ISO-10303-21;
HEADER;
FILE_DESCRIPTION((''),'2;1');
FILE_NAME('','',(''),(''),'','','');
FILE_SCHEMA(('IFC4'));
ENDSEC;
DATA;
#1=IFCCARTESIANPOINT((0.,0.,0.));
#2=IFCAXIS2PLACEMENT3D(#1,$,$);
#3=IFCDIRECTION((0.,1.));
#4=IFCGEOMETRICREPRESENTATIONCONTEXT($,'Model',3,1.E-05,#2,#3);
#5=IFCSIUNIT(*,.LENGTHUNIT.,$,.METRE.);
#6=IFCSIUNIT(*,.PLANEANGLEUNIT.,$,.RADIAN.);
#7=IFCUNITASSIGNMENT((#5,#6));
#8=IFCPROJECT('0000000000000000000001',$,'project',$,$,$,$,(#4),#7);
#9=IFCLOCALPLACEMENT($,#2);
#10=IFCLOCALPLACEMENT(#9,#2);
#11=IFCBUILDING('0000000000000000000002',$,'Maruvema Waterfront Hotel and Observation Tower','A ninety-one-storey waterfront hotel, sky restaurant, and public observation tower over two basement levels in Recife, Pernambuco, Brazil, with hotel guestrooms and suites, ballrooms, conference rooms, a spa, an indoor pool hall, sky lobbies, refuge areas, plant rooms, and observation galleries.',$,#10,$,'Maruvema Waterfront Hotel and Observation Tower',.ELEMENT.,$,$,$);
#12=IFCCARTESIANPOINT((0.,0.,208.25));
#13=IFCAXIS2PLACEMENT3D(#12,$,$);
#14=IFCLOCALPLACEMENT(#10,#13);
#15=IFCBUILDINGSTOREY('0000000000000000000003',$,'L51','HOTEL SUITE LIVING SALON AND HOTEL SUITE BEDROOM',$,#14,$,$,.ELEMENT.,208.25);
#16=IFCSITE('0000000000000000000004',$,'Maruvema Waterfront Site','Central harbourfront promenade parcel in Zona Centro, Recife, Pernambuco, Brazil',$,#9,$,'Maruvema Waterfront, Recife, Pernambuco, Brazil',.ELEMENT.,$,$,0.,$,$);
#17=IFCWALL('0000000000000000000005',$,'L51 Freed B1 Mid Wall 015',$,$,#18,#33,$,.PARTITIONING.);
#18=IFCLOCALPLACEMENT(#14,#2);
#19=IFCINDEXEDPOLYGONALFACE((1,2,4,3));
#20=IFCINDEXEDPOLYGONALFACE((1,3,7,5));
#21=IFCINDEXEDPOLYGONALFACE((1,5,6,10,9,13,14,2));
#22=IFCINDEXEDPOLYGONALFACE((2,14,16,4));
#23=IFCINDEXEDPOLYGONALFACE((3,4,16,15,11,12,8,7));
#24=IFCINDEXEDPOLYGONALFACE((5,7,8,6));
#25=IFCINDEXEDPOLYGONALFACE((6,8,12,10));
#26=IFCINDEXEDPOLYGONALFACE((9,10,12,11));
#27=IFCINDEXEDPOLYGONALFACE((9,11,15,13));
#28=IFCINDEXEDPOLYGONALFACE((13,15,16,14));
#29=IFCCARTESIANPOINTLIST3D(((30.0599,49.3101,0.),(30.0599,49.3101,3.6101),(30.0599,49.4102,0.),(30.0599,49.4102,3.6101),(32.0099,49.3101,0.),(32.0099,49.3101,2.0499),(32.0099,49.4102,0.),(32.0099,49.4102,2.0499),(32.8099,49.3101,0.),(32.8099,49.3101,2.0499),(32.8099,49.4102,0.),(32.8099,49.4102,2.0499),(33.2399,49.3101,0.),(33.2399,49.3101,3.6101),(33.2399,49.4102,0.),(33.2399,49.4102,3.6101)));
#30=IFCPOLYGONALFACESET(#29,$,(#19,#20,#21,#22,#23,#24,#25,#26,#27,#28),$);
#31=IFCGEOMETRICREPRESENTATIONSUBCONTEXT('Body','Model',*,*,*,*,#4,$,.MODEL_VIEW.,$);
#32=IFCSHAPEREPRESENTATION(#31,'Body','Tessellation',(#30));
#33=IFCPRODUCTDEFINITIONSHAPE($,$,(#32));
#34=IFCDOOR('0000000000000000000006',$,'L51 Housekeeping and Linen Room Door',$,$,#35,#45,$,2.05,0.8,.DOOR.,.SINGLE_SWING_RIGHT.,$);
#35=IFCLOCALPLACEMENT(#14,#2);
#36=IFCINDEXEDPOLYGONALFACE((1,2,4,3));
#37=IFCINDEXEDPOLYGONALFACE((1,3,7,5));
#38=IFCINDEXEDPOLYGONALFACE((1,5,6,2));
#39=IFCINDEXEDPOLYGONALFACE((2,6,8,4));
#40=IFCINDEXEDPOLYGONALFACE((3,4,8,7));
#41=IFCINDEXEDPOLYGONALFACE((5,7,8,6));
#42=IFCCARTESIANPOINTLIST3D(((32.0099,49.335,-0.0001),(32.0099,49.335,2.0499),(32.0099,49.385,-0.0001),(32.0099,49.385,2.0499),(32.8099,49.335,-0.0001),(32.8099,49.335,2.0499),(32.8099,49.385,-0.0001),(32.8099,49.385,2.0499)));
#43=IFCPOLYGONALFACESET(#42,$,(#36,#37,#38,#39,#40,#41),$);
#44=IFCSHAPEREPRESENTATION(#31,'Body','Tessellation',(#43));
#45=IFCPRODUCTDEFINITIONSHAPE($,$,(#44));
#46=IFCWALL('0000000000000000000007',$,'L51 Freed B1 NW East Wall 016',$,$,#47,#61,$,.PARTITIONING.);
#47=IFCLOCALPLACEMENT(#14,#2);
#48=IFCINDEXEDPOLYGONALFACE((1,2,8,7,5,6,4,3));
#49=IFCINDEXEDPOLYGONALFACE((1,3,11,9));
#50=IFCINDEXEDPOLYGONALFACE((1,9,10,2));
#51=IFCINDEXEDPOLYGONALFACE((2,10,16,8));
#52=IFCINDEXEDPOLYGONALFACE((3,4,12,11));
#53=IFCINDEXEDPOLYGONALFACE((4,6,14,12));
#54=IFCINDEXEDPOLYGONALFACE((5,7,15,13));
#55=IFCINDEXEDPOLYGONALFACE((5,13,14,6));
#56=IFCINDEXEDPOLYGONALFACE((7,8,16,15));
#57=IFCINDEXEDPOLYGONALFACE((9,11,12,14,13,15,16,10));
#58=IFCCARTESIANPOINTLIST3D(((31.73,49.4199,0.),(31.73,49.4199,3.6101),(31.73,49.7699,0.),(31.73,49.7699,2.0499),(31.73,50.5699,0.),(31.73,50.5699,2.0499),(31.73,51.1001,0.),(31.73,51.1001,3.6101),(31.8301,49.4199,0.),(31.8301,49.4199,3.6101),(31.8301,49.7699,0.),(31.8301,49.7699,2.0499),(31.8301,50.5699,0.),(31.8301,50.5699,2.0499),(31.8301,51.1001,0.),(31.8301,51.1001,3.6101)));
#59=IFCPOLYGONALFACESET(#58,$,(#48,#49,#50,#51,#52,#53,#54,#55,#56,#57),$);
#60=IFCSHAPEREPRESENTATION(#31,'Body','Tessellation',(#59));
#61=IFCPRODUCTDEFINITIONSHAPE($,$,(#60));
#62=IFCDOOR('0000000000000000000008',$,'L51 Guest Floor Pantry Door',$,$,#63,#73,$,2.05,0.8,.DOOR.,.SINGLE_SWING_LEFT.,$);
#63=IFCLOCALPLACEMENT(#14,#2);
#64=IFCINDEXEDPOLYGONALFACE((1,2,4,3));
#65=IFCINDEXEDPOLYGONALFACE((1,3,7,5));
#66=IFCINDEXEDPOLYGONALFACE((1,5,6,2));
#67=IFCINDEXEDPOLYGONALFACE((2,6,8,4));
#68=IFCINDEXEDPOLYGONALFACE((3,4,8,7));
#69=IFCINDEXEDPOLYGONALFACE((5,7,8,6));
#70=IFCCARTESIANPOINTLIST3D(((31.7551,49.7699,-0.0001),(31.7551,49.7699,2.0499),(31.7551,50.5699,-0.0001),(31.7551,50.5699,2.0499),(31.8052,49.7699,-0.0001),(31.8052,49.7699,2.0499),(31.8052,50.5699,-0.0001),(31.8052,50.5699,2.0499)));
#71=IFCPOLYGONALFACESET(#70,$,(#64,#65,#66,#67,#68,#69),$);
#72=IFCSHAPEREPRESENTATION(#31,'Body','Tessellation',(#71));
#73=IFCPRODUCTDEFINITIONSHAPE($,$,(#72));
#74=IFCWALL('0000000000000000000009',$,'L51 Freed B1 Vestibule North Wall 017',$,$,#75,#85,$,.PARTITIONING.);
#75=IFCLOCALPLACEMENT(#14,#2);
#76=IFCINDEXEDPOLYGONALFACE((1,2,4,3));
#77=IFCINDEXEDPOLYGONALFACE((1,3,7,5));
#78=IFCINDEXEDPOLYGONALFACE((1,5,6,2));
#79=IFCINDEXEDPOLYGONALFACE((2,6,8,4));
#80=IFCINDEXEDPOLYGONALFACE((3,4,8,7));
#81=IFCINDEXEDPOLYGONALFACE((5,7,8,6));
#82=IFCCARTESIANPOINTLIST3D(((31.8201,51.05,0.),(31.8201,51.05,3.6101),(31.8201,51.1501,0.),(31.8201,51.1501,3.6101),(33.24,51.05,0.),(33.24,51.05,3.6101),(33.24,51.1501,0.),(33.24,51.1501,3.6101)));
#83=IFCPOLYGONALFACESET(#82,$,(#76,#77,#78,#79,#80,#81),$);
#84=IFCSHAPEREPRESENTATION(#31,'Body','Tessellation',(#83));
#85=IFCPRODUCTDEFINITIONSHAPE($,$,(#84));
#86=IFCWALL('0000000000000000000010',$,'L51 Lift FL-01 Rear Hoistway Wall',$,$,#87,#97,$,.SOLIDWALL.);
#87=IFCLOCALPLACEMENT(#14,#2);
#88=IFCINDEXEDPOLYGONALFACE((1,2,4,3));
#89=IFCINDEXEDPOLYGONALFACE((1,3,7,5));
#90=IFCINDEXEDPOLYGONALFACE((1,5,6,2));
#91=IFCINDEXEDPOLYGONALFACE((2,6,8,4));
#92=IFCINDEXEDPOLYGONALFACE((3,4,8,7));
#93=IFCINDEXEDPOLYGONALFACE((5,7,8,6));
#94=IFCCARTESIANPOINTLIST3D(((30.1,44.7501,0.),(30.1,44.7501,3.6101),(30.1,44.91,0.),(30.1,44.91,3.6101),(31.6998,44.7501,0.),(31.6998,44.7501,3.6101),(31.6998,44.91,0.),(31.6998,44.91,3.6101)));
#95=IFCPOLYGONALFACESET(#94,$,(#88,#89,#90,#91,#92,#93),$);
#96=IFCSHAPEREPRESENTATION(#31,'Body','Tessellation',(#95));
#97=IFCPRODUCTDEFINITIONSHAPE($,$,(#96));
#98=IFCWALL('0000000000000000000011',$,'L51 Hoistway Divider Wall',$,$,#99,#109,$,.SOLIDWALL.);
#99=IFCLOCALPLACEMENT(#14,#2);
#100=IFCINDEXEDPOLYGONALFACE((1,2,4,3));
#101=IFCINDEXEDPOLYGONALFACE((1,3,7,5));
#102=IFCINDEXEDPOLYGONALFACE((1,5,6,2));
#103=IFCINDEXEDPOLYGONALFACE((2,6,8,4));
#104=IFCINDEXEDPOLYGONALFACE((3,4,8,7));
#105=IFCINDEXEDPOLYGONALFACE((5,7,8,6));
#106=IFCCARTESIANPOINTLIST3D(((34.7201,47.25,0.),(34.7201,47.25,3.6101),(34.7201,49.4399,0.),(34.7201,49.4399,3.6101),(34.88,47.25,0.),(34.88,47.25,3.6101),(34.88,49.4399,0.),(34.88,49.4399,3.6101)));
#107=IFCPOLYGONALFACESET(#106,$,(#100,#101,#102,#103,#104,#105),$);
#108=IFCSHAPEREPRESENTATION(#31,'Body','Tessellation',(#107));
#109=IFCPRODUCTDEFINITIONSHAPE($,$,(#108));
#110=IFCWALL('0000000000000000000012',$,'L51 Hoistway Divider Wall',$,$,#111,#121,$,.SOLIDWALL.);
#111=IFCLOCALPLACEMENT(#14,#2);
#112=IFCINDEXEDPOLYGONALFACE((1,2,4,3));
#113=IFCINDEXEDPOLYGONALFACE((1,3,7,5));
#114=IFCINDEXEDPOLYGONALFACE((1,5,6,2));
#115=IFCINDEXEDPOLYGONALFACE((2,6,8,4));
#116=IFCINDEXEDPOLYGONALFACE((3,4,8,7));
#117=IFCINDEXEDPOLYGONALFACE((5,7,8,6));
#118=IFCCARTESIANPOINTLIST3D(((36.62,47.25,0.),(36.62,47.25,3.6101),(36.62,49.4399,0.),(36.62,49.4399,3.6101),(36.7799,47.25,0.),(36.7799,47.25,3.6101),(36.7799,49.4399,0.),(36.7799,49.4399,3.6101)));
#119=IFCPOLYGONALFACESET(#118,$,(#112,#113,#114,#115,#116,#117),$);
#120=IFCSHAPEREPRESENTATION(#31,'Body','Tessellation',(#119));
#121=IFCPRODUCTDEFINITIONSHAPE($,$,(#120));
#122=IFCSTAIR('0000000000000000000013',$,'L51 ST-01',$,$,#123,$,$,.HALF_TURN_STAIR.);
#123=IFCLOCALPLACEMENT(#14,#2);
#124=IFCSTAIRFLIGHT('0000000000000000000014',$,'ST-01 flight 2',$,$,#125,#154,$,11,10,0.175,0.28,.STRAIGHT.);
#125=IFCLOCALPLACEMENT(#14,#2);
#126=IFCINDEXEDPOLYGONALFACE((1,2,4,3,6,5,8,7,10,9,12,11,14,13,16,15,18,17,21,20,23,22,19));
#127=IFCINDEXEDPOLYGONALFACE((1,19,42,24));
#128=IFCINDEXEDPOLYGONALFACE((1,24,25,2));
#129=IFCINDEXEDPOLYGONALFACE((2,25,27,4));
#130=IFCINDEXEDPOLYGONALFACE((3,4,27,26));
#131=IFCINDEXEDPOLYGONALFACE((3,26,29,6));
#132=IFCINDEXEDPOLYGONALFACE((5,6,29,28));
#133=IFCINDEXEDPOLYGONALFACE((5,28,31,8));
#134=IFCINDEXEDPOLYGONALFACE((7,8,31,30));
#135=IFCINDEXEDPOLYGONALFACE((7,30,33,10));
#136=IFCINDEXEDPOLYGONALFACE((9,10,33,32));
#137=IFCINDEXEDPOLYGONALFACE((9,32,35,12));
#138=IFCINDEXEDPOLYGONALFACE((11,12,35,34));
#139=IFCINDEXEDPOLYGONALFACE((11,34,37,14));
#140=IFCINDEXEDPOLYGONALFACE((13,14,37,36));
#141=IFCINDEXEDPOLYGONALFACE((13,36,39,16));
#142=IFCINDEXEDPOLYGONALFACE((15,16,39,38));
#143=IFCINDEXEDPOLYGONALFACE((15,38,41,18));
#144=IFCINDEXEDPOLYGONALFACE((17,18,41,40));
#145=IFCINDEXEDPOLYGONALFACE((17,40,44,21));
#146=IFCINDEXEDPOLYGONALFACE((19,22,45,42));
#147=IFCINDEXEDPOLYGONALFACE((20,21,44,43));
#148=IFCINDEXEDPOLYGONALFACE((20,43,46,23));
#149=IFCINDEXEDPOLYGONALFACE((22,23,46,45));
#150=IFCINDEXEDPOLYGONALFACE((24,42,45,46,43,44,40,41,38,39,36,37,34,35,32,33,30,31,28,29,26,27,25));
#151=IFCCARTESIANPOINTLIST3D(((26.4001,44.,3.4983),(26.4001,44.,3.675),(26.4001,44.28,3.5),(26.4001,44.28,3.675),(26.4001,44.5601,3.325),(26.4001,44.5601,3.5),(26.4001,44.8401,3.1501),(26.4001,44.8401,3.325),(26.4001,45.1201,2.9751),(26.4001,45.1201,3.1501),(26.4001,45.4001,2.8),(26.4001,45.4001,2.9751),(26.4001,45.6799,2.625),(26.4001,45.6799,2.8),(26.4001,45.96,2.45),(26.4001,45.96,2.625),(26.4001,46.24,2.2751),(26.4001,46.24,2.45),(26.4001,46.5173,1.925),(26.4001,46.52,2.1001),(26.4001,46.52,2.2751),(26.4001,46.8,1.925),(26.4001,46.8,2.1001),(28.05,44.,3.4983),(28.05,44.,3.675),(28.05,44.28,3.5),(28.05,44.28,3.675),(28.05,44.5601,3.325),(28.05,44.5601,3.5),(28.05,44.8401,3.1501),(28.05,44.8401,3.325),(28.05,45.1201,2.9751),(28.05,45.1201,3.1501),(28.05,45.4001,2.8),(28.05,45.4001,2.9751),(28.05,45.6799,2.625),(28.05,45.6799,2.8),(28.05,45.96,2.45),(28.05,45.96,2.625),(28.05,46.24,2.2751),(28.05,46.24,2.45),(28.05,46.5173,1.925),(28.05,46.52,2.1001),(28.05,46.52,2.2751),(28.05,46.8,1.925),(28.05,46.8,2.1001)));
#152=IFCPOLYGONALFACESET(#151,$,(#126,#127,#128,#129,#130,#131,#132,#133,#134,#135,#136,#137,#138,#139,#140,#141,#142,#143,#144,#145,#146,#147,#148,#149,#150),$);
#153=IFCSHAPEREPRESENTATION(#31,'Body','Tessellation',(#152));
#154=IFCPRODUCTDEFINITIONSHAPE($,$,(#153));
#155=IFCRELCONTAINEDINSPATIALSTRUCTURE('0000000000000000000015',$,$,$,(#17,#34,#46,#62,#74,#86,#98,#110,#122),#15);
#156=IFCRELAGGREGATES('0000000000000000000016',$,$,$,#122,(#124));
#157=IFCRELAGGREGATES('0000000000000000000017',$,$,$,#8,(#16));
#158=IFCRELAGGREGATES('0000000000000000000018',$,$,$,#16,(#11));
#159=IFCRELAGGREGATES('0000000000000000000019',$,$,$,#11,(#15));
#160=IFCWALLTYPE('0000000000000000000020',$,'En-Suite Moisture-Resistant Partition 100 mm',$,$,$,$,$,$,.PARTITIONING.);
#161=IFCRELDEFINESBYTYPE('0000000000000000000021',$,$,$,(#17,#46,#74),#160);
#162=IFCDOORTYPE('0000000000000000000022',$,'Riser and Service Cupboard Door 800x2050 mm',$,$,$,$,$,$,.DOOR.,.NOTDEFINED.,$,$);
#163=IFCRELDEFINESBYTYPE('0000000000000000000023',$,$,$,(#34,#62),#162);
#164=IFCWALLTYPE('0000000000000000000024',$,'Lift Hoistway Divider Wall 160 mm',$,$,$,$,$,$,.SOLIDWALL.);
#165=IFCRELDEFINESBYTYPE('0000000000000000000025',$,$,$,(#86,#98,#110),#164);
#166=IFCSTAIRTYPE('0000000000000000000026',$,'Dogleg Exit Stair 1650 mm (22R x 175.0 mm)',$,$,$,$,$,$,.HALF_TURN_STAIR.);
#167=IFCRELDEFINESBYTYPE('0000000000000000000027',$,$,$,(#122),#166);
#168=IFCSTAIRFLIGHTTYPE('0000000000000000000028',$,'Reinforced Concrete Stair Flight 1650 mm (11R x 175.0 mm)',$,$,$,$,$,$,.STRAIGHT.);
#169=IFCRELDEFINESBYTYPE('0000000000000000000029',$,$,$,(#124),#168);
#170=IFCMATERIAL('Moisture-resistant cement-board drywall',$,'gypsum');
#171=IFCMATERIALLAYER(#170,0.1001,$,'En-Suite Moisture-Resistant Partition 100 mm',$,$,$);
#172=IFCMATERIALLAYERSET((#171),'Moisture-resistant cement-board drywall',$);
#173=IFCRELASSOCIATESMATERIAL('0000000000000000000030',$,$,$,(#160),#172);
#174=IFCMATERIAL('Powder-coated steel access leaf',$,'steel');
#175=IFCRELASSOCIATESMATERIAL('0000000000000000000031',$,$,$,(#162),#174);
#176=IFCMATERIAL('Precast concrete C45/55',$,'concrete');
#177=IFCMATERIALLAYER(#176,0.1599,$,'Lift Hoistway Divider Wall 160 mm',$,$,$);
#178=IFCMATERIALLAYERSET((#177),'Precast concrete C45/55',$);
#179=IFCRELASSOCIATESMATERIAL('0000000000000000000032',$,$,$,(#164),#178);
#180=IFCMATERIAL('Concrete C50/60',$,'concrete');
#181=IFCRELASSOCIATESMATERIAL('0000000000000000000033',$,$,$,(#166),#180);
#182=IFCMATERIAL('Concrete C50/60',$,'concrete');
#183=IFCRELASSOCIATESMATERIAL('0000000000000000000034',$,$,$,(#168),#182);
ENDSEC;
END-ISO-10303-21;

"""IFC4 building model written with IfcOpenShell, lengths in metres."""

from ifc_helpers import new_model, si_unit, direction, frame, frame_2d, origin, place, context, subcontext, project, spatial, polyline, rectangle, outline, extrude, material, layer, layer_set, type_object, element, fill, aggregate, save


model = new_model("IFC4")

# Units and contexts
model_context = context("Model", 3, precision=1e-05, world=origin(), true_north=direction((0.0, 1.0)))
body_context = subcontext(model_context, "Body", "Model", "MODEL_VIEW")
ifc_project = project(units=[si_unit("LENGTHUNIT", "METRE"), si_unit("PLANEANGLEUNIT", "RADIAN")], contexts=[model_context])

# Site, building, storey
site_placement = place(None, origin())
site = spatial("IfcSite", under=ifc_project, at=site_placement, Name="Maruvema Waterfront Site", Description="Central harbourfront promenade parcel in Zona Centro, Recife, Pernambuco, Brazil", LongName="Maruvema Waterfront, Recife, Pernambuco, Brazil", CompositionType="ELEMENT", RefElevation=0.0)
building_placement = place(site_placement, origin())
building = spatial("IfcBuilding", under=site, at=building_placement, Name="Maruvema Waterfront Hotel and Observation Tower", Description="A ninety-one-storey waterfront hotel, sky restaurant, and public observation tower over two basement levels in Recife, Pernambuco, Brazil, with hotel guestrooms and suites, ballrooms, conference rooms, a spa, an indoor pool hall, sky lobbies, refuge areas, plant rooms, and observation galleries.", LongName="Maruvema Waterfront Hotel and Observation Tower", CompositionType="ELEMENT")
storey_placement = place(building_placement, frame((0.0, 0.0, 208.25)))
storey = spatial("IfcBuildingStorey", under=building, at=storey_placement, Name="L51", Description="HOTEL SUITE LIVING SALON AND HOTEL SUITE BEDROOM", CompositionType="ELEMENT", Elevation=208.25)

# Shared definitions
ifc_material_1 = material(Name="Moisture-resistant cement-board drywall", Category="gypsum")
ifc_layer_1 = layer(ifc_material_1, 0.1001, Name="En-Suite Moisture-Resistant Partition 100 mm")
ifc_layer_set_1 = layer_set([ifc_layer_1], Name="Moisture-resistant cement-board drywall")
wall_type_1 = type_object("IfcWallType", Name="En-Suite Moisture-Resistant Partition 100 mm", PredefinedType="PARTITIONING", material=ifc_layer_set_1)

# Shared definitions
ifc_material_2 = material(Name="Powder-coated steel access leaf", Category="steel")
door_type_1 = type_object("IfcDoorType", Name="Riser and Service Cupboard Door 800x2050 mm", OperationType="NOTDEFINED", PredefinedType="DOOR", material=ifc_material_2)

# Walls, openings, doors
wall_1_placement = place(storey_placement, frame((30.0601, 49.3601, 0.0), z_axis=(0.0, 0.0, 1.0), x_axis=(1.0, 0.0, 0.0)))
wall_1 = element("IfcWall", 1, at=wall_1_placement, inside=storey, type_object=wall_type_1, Name="L51 Freed B1 Mid Wall 015", PredefinedType="PARTITIONING", context=body_context, shape_type="SweptSolid", body=[
    extrude(rectangle(XDim=3.1799, YDim=0.1001, at=frame_2d((1.5898, 0.0))), origin(), (0.0, 0.0, 1.0), 3.6101),
])
opening_1_placement = place(wall_1_placement, frame((1.95, 0.0, 0.0)))
opening_1 = element("IfcOpeningElement", 2, at=opening_1_placement, cuts=wall_1, PredefinedType="OPENING", context=body_context, shape_type="SweptSolid", body=[
    extrude(rectangle(XDim=0.8, YDim=2.05, at=frame_2d((0.3999, 1.0249))), frame((0.0, 0.0601, 0.0), z_axis=(0.0, -1.0, 0.0), x_axis=(1.0, 0.0, 0.0)), (0.0, 0.0, 1.0), 0.1201),
])
door_1_placement = place(opening_1_placement, origin())
door_1 = element("IfcDoor", 3, at=door_1_placement, inside=storey, type_object=door_type_1, Name="L51 Housekeeping and Linen Room Door", OperationType="SINGLE_SWING_RIGHT", OverallHeight=2.05, OverallWidth=0.8, PredefinedType="DOOR", context=body_context, shape_type="SweptSolid", body=[
    extrude(rectangle(XDim=0.8, YDim=2.05, at=frame_2d((0.3999, 1.0249))), frame((0.0, 0.0249, 0.0), z_axis=(0.0, -1.0, 0.0), x_axis=(1.0, 0.0, 0.0)), (0.0, 0.0, 1.0), 0.05),
])
fill(opening_1, door_1)
wall_2_placement = place(storey_placement, frame((31.78, 49.4199, 0.0), z_axis=(0.0, 0.0, 1.0), x_axis=(0.0, 1.0, 0.0)))
wall_2 = element("IfcWall", 4, at=wall_2_placement, inside=storey, type_object=wall_type_1, Name="L51 Freed B1 NW East Wall 016", PredefinedType="PARTITIONING", context=body_context, shape_type="SweptSolid", body=[
    extrude(rectangle(XDim=1.6802, YDim=0.1001, at=frame_2d((0.8401, 0.0))), origin(), (0.0, 0.0, 1.0), 3.6101),
])
opening_2_placement = place(wall_2_placement, frame((0.3501, 0.0, 0.0)))
opening_2 = element("IfcOpeningElement", 5, at=opening_2_placement, cuts=wall_2, PredefinedType="OPENING", context=body_context, shape_type="SweptSolid", body=[
    extrude(rectangle(XDim=0.8, YDim=2.05, at=frame_2d((0.3999, 1.0249))), frame((0.0, 0.0601, 0.0), z_axis=(0.0, -1.0, 0.0), x_axis=(1.0, 0.0, 0.0)), (0.0, 0.0, 1.0), 0.1201),
])
door_2_placement = place(opening_2_placement, origin())
door_2 = element("IfcDoor", 6, at=door_2_placement, inside=storey, type_object=door_type_1, Name="L51 Guest Floor Pantry Door", OperationType="SINGLE_SWING_LEFT", OverallHeight=2.05, OverallWidth=0.8, PredefinedType="DOOR", context=body_context, shape_type="SweptSolid", body=[
    extrude(rectangle(XDim=0.8, YDim=2.05, at=frame_2d((0.3999, 1.0249))), frame((0.0, 0.0249, 0.0), z_axis=(0.0, -1.0, 0.0), x_axis=(1.0, 0.0, 0.0)), (0.0, 0.0, 1.0), 0.05),
])
fill(opening_2, door_2)

# Walls
wall_3_placement = place(storey_placement, frame((31.8201, 51.1001, 0.0), z_axis=(0.0, 0.0, 1.0), x_axis=(1.0, 0.0, 0.0)))
element("IfcWall", 7, at=wall_3_placement, inside=storey, type_object=wall_type_1, Name="L51 Freed B1 Vestibule North Wall 017", PredefinedType="PARTITIONING", context=body_context, shape_type="SweptSolid", body=[
    extrude(rectangle(XDim=1.4199, YDim=0.1001, at=frame_2d((0.71, 0.0))), origin(), (0.0, 0.0, 1.0), 3.6101),
])
ifc_material_3 = material(Name="Precast concrete C45/55", Category="concrete")
ifc_layer_2 = layer(ifc_material_3, 0.1599, Name="Lift Hoistway Divider Wall 160 mm")
ifc_layer_set_2 = layer_set([ifc_layer_2], Name="Precast concrete C45/55")
wall_type_2 = type_object("IfcWallType", Name="Lift Hoistway Divider Wall 160 mm", PredefinedType="SOLIDWALL", material=ifc_layer_set_2)
wall_4_placement = place(storey_placement, frame((30.1001, 44.8301, 0.0), z_axis=(0.0, 0.0, 1.0), x_axis=(1.0, 0.0, 0.0)))
element("IfcWall", 8, at=wall_4_placement, inside=storey, type_object=wall_type_2, Name="L51 Lift FL-01 Rear Hoistway Wall", PredefinedType="SOLIDWALL", context=body_context, shape_type="SweptSolid", body=[
    extrude(rectangle(XDim=1.5999, YDim=0.1599, at=frame_2d((0.7998, 0.0))), origin(), (0.0, 0.0, 1.0), 3.6101),
])
for number, where, z_axis, x_axis, name in (
    (9, (34.8, 47.25, 0.0), (0.0, 0.0, 1.0), (0.0, 1.0, 0.0), "L51 Hoistway Divider Wall"),
    (10, (36.7, 47.25, 0.0), (0.0, 0.0, 1.0), (0.0, 1.0, 0.0), "L51 Hoistway Divider Wall"),
):
    element("IfcWall", number, at=place(storey_placement, frame(where, z_axis=z_axis, x_axis=x_axis)), inside=storey, type_object=wall_type_2, Name=name, PredefinedType="SOLIDWALL", context=body_context, shape_type="SweptSolid", body=[
        extrude(rectangle(XDim=2.1899, YDim=0.1599, at=frame_2d((1.095, 0.0))), origin(), (0.0, 0.0, 1.0), 3.6101),
    ])

# Stair, stair flight
ifc_material_4 = material(Name="Concrete C50/60", Category="concrete")
stair_type = type_object("IfcStairType", Name="Dogleg Exit Stair 1650 mm (22R x 175.0 mm)", PredefinedType="HALF_TURN_STAIR", material=ifc_material_4)
stair_1_placement = place(storey_placement, origin())
stair_1 = element("IfcStair", 11, at=stair_1_placement, inside=storey, type_object=stair_type, Name="L51 ST-01", PredefinedType="HALF_TURN_STAIR")
ifc_material_5 = material(Name="Concrete C50/60", Category="concrete")
stair_flight_type = type_object("IfcStairFlightType", Name="Reinforced Concrete Stair Flight 1650 mm (11R x 175.0 mm)", PredefinedType="STRAIGHT", material=ifc_material_5)
stair_flight_1_placement = place(storey_placement, frame((27.2251, 46.8, 1.925), z_axis=(0.0, 0.0, 1.0), x_axis=(0.0, -1.0, 0.0)))
stair_flight_1 = element("IfcStairFlight", 12, at=stair_flight_1_placement, type_object=stair_flight_type, Name="ST-01 flight 2", NumberOfRisers=11, NumberOfTreads=10, PredefinedType="STRAIGHT", RiserHeight=0.175, TreadLength=0.28, context=body_context, shape_type="SweptSolid", body=[
    extrude(outline(polyline([(0.0, 0.0), (0.0, 0.175), (0.28, 0.175), (0.28, 0.3501), (0.5601, 0.3501), (0.5601, 0.5249), (0.8401, 0.5249), (0.8401, 0.7), (1.1201, 0.7), (1.1201, 0.875), (1.3999, 0.875), (1.3999, 1.05), (1.6799, 1.05), (1.6799, 1.2251), (1.96, 1.2251), (1.96, 1.3999), (2.24, 1.3999), (2.24, 1.575), (2.52, 1.575), (2.52, 1.75), (2.8, 1.75), (2.8, 1.925), (2.8, 1.5732), (0.2827, 0.0), (0.0, 0.0)])), frame((0.0, 0.825, 0.0), z_axis=(0.0, -1.0, 0.0), x_axis=(1.0, 0.0, 0.0)), (0.0, 0.0, 1.0), 1.6499),
])
aggregate(stair_1, [stair_flight_1])

save(model, "model.ifc")
